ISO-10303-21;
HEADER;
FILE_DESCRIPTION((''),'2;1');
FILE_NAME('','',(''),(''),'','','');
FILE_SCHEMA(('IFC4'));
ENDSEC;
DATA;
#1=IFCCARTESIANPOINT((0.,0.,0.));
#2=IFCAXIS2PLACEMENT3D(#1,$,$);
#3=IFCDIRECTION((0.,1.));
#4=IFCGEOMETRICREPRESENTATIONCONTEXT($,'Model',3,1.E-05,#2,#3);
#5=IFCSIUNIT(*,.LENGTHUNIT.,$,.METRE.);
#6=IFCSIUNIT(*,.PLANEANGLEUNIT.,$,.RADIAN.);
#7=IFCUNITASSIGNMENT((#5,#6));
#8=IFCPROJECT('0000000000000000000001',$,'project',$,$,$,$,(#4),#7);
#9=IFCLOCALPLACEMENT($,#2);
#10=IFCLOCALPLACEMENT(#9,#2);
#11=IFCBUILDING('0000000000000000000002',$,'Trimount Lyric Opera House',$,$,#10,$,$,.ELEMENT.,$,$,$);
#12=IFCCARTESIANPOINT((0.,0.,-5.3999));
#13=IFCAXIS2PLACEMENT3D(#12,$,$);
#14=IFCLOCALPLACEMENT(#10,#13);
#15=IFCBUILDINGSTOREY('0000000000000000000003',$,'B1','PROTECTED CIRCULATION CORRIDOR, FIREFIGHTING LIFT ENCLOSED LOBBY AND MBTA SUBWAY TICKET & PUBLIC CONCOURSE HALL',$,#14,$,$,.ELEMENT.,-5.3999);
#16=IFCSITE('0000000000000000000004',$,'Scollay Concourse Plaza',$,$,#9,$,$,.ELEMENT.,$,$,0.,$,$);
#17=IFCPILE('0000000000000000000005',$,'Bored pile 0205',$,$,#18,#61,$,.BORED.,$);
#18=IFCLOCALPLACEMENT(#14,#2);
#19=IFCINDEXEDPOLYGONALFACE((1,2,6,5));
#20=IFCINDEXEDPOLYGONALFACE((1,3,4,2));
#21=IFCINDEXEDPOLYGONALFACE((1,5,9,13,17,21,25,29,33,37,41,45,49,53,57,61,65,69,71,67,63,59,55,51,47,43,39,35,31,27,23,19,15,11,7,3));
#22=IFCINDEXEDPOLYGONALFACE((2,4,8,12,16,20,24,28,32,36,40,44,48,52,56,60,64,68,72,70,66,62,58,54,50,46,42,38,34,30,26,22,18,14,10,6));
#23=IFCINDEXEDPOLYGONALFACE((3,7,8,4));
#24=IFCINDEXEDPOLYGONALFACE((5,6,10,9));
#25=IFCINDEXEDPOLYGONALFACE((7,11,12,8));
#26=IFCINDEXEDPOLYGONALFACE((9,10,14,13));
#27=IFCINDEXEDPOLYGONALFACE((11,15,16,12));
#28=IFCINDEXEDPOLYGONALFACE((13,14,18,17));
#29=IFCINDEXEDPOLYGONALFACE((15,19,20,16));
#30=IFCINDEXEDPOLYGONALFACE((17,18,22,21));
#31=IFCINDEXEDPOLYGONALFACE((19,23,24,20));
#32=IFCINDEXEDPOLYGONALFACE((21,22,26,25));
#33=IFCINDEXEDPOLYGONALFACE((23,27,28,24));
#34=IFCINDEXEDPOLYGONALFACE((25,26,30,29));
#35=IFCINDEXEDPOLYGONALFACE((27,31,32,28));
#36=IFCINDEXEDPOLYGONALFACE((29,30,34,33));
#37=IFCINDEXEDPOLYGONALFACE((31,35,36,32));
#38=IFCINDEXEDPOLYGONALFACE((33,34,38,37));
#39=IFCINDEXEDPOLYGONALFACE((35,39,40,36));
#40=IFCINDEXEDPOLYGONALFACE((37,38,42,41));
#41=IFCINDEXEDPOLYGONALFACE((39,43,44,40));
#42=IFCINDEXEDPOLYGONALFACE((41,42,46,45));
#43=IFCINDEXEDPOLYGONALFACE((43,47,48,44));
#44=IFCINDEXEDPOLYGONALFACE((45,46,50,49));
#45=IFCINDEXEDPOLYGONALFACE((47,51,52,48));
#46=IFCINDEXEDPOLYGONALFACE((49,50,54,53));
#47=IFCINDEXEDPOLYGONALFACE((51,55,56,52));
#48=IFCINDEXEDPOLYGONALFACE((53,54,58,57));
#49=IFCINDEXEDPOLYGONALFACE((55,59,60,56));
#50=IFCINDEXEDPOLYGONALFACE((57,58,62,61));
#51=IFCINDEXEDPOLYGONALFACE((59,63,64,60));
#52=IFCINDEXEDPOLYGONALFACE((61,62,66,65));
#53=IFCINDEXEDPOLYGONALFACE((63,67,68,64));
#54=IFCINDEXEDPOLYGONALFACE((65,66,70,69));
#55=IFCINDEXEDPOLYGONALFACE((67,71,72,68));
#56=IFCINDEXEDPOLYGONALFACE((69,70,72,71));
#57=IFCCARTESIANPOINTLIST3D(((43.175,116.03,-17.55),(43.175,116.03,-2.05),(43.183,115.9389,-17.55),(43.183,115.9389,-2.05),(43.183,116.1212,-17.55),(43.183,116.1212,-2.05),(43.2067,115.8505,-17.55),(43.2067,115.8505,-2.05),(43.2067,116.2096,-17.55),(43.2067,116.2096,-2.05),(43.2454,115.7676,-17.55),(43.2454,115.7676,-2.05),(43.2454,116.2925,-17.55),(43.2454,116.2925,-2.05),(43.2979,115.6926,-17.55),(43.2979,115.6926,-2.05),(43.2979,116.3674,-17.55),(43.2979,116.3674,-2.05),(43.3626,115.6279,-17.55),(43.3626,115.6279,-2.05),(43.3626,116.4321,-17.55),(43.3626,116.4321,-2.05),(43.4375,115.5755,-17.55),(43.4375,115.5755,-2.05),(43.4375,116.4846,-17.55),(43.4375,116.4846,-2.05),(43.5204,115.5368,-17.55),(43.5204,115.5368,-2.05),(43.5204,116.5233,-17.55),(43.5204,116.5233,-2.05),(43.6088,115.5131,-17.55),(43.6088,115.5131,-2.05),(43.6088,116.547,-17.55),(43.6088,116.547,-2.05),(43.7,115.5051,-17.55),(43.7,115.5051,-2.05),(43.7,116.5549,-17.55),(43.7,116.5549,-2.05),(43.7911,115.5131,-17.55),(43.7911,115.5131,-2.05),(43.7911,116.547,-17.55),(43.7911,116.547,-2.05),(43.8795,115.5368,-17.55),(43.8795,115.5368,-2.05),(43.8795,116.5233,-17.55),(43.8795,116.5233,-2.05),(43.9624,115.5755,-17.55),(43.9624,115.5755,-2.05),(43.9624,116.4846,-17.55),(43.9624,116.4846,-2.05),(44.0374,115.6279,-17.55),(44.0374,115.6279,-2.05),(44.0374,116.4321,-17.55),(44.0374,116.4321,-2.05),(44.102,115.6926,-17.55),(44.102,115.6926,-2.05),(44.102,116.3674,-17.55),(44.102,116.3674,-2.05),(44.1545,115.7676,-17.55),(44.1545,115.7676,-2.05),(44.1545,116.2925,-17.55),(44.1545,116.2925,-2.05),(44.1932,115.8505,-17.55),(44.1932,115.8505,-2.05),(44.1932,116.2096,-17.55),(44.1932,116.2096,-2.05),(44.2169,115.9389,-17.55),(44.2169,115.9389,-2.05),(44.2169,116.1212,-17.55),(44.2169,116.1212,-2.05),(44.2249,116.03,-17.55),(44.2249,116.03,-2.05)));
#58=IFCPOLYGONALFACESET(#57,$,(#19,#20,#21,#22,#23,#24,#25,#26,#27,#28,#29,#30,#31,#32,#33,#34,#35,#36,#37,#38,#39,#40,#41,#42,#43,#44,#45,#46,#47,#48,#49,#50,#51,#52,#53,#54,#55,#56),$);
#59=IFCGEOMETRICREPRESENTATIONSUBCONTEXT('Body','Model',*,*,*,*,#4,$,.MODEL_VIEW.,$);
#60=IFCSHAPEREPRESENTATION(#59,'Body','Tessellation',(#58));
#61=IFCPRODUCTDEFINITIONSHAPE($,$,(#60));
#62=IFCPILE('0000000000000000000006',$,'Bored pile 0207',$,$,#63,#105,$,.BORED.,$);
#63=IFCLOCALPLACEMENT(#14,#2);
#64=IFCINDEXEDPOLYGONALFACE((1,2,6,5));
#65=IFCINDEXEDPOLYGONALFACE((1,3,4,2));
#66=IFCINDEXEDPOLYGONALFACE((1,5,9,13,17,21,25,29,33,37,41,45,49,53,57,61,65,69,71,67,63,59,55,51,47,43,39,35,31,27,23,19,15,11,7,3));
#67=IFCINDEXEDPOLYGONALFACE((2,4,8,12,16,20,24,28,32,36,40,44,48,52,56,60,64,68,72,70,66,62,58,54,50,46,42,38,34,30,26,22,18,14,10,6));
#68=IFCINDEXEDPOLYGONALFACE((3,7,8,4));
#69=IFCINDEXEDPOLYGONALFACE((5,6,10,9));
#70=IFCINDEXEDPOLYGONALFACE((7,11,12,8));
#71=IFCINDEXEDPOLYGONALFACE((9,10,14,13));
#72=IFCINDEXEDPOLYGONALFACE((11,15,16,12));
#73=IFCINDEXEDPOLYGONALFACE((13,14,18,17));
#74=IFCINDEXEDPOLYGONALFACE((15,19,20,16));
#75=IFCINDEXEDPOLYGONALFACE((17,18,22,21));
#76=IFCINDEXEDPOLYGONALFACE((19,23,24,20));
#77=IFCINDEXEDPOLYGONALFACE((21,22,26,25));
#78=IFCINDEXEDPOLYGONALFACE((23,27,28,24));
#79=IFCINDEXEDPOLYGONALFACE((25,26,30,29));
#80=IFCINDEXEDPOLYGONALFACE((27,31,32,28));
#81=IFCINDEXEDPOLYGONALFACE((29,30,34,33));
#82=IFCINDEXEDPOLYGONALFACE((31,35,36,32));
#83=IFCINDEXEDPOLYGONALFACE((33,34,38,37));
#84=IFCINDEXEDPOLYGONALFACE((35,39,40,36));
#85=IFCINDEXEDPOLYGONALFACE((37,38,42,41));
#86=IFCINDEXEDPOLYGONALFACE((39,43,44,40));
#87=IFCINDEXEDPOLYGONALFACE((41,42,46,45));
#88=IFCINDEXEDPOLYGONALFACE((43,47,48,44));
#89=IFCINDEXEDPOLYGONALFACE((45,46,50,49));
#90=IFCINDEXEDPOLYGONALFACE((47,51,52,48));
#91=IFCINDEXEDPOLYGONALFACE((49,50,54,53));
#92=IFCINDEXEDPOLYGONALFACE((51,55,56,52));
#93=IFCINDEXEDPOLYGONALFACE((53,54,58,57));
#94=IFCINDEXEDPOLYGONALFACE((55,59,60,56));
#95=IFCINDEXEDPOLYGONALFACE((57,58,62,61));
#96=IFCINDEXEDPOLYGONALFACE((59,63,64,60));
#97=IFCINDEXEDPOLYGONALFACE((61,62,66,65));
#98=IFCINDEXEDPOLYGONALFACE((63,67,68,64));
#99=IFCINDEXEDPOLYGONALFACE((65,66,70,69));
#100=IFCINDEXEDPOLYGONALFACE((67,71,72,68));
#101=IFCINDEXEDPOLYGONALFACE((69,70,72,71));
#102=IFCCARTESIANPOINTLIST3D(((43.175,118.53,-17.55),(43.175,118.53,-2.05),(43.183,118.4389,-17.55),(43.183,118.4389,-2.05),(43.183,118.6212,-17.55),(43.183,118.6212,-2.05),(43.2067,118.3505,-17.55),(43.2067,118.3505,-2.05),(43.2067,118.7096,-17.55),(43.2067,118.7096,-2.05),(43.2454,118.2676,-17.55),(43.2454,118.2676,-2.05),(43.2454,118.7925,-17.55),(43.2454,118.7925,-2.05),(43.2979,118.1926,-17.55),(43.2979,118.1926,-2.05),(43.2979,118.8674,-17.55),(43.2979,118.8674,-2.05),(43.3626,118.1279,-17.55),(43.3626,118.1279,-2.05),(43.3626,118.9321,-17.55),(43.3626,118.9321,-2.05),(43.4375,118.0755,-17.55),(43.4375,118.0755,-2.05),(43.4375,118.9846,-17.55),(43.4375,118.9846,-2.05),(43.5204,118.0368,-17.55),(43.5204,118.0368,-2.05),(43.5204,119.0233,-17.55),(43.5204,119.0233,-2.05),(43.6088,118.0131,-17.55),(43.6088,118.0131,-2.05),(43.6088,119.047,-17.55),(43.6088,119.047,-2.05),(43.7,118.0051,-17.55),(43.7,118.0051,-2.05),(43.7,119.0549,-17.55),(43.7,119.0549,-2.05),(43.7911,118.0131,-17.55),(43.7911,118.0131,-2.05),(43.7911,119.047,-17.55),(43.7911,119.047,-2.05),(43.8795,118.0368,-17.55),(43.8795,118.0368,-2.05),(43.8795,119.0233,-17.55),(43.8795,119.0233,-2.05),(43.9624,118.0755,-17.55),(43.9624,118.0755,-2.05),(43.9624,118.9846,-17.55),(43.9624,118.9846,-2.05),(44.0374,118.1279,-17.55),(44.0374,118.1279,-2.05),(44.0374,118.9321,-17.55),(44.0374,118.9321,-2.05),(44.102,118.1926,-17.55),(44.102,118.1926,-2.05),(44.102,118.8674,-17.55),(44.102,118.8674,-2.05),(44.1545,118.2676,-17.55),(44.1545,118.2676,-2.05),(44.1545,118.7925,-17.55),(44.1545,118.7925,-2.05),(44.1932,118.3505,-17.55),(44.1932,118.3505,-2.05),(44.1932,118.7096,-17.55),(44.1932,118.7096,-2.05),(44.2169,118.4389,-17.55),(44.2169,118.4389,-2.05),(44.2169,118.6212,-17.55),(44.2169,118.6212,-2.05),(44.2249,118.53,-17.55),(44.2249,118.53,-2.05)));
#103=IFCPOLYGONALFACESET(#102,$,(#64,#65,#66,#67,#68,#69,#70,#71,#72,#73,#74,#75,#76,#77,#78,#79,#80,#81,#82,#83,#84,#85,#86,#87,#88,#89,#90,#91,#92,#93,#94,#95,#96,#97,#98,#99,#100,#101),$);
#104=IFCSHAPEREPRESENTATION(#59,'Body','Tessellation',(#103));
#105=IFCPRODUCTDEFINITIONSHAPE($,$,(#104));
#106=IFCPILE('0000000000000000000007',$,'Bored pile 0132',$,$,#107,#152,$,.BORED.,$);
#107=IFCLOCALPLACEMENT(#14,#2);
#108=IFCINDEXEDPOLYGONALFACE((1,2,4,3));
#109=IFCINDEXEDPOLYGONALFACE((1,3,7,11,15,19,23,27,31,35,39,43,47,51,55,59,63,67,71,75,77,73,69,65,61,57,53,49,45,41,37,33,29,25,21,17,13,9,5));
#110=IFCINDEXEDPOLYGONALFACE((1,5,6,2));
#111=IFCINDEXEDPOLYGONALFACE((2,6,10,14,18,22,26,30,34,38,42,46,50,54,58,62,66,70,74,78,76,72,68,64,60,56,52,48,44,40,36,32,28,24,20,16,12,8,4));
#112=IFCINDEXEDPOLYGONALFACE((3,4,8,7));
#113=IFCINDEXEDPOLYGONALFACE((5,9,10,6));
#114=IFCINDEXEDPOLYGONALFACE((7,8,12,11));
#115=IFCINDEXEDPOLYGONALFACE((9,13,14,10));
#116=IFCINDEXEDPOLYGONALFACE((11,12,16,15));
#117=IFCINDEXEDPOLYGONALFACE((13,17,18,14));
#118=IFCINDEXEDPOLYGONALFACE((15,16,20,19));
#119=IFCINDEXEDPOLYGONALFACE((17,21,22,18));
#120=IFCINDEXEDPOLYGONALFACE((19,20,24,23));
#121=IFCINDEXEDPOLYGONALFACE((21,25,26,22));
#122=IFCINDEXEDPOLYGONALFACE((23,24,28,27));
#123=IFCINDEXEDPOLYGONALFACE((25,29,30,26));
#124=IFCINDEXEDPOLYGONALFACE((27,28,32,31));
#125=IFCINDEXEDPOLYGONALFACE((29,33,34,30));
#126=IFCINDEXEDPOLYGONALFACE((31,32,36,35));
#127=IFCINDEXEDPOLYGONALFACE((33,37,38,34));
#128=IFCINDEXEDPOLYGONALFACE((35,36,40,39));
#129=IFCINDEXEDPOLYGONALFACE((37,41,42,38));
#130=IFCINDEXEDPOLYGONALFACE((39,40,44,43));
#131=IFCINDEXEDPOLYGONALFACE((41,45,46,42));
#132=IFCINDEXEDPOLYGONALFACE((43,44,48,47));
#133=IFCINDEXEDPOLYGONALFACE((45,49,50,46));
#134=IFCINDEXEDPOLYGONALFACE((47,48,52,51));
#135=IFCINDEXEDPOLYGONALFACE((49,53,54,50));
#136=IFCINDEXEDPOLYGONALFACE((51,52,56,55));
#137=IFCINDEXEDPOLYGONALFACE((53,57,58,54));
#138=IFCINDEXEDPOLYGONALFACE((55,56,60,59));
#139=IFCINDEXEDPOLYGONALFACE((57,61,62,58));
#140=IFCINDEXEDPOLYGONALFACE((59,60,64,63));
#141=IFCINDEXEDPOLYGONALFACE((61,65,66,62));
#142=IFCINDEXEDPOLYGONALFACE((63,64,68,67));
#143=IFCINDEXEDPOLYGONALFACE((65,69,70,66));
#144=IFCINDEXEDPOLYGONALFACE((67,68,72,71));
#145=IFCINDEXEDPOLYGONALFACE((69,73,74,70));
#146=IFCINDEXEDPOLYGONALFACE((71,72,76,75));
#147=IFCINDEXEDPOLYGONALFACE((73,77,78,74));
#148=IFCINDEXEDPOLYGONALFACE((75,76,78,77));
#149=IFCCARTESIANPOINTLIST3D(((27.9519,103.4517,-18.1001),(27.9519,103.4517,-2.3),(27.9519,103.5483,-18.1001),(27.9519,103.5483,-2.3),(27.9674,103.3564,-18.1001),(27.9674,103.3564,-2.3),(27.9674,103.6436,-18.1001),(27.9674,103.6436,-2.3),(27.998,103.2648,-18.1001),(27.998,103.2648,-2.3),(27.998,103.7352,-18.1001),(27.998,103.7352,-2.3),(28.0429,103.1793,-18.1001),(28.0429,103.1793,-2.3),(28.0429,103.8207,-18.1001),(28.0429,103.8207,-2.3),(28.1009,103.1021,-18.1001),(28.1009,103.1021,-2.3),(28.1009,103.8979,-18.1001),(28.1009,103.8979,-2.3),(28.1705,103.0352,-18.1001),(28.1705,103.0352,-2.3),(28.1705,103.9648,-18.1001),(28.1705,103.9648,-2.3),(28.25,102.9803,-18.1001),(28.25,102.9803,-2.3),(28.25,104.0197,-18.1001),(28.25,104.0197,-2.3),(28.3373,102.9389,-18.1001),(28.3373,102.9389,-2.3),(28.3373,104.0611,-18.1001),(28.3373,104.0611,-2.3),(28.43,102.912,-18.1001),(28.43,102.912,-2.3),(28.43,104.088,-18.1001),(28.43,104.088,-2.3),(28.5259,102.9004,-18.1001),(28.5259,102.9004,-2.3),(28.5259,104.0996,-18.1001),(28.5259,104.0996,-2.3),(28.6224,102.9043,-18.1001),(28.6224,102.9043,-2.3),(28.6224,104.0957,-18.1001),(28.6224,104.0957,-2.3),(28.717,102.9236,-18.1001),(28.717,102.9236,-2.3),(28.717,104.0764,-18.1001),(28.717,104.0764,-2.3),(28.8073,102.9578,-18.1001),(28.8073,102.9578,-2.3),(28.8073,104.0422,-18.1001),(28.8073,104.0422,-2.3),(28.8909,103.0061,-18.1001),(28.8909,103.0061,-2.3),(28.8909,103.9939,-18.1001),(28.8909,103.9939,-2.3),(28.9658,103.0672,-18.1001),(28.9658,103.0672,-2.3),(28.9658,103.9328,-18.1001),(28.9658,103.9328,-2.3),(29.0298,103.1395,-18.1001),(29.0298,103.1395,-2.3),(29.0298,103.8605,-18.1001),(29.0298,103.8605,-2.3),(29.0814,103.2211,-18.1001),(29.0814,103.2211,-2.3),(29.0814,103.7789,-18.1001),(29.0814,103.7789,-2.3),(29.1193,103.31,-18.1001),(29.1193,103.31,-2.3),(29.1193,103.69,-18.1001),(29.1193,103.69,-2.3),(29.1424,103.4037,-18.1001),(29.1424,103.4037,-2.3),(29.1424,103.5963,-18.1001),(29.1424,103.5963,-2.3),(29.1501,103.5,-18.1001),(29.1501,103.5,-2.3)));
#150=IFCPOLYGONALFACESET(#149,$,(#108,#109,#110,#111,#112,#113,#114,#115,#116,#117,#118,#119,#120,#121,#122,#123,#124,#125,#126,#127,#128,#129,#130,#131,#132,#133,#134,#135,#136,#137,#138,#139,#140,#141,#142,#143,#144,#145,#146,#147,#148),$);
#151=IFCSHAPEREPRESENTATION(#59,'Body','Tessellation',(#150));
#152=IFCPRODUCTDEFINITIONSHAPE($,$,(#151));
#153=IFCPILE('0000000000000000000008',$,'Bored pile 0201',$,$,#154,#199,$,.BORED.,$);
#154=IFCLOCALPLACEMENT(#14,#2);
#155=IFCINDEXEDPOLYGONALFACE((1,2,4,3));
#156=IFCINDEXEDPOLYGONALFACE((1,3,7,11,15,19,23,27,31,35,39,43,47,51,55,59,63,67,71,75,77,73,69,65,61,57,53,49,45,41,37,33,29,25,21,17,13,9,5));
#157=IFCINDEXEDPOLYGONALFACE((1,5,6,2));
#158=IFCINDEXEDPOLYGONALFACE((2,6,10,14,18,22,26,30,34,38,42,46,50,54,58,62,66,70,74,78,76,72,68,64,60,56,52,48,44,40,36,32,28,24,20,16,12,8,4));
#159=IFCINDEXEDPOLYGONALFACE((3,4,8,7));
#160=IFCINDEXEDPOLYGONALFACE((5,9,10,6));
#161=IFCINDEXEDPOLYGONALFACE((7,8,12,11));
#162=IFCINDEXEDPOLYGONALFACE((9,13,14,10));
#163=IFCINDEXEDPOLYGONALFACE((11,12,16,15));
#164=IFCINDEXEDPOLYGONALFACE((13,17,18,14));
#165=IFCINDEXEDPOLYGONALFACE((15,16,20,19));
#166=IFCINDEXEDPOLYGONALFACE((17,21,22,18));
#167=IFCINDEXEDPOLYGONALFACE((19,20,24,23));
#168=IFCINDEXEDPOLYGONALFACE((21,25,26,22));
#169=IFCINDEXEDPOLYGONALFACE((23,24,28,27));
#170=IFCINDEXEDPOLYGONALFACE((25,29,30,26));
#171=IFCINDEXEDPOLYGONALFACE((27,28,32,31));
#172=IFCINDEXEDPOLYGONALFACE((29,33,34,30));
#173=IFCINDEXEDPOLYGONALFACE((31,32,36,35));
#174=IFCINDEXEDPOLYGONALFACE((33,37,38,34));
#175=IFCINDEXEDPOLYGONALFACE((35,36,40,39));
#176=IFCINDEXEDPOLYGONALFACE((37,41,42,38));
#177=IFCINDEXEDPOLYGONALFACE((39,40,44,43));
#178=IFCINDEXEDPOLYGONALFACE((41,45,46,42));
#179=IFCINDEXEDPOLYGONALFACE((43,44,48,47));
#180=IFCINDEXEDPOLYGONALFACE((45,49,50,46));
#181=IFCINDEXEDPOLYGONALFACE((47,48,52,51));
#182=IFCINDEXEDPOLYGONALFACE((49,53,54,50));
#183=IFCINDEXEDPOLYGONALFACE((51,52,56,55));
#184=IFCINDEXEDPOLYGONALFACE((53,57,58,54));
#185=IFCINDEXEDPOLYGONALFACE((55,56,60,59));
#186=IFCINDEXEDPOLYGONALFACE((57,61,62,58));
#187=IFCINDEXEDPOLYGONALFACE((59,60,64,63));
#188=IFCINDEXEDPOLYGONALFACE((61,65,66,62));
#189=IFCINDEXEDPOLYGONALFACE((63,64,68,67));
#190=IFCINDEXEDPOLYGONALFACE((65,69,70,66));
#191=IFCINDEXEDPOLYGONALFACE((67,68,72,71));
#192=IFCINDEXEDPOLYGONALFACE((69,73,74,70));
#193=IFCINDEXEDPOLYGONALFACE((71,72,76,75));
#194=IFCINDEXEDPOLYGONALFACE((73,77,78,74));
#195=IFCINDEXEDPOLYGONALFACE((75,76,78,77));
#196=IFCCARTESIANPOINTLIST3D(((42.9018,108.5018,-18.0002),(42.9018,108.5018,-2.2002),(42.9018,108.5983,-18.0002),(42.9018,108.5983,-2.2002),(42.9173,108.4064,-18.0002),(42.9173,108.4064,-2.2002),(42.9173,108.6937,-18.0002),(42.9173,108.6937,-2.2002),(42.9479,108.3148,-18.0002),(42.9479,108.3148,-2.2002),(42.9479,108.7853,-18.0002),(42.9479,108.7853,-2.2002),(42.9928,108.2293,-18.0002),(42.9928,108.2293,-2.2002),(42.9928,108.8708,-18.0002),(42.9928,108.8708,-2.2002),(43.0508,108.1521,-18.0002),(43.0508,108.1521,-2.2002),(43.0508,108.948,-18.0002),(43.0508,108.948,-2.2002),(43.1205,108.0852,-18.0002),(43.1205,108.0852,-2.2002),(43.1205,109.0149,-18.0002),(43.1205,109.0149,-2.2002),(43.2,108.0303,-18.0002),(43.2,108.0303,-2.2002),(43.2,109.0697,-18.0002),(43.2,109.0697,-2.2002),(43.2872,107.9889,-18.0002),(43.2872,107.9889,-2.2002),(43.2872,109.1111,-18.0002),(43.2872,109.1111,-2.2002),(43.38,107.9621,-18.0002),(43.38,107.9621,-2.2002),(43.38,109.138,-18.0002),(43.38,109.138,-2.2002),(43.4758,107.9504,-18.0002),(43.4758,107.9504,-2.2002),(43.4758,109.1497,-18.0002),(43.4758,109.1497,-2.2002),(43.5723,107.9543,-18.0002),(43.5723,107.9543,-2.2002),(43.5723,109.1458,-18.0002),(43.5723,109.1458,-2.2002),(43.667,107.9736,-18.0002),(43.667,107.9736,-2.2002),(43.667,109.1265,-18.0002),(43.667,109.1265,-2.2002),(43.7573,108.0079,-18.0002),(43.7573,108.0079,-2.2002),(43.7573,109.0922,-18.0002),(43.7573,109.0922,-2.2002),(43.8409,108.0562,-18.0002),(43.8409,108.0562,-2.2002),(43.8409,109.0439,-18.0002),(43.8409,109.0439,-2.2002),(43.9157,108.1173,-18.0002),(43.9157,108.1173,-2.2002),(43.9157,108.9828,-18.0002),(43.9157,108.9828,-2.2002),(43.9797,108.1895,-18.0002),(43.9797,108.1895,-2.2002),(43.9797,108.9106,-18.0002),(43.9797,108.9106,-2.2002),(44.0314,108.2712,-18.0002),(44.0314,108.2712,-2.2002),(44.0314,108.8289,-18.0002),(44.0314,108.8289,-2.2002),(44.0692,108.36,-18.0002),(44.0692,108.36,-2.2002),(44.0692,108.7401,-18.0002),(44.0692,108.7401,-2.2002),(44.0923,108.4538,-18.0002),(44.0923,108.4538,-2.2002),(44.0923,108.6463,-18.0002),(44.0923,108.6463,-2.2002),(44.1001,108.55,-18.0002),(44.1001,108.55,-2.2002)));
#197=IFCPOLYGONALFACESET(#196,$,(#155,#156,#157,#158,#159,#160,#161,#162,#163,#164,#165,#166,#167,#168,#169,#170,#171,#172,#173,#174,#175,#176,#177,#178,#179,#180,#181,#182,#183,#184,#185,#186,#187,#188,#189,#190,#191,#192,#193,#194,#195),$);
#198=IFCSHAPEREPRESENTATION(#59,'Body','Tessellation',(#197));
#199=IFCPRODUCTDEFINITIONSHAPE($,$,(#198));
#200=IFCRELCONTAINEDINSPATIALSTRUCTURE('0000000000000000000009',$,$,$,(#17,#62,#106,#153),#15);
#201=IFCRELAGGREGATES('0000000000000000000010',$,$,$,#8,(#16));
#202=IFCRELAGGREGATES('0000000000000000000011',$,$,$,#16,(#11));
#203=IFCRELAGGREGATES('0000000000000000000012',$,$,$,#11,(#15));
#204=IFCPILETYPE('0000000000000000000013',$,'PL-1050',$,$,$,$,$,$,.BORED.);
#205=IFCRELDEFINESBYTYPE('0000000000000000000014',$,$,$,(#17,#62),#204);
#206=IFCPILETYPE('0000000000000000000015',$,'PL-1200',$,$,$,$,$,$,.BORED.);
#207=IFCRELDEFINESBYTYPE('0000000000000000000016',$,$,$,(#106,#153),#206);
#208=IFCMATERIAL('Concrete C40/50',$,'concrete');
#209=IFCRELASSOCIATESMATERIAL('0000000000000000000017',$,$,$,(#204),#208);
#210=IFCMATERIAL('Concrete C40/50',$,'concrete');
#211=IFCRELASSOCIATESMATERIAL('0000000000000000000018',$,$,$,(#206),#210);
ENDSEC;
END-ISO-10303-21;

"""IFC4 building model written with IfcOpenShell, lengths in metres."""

from ifc_helpers import new_model, si_unit, direction, frame, origin, origin_2d, place, context, subcontext, project, spatial, circle, extrude, material, material_profile, profile_set, type_object, element, save


model = new_model("IFC4")

# Units and contexts
model_context = context("Model", 3, precision=1e-05, world=origin(), true_north=direction((0.0, 1.0)))
body_context = subcontext(model_context, "Body", "Model", "MODEL_VIEW")
ifc_project = project(units=[si_unit("LENGTHUNIT", "METRE"), si_unit("PLANEANGLEUNIT", "RADIAN")], contexts=[model_context])

# Site, building, storey
site_placement = place(None, origin())
site = spatial("IfcSite", under=ifc_project, at=site_placement, Name="Scollay Concourse Plaza", CompositionType="ELEMENT", RefElevation=0.0)
building_placement = place(site_placement, origin())
building = spatial("IfcBuilding", under=site, at=building_placement, Name="Trimount Lyric Opera House", CompositionType="ELEMENT")
storey_placement = place(building_placement, frame((0.0, 0.0, -5.3999)))
storey = spatial("IfcBuildingStorey", under=building, at=storey_placement, Name="B1", Description="PROTECTED CIRCULATION CORRIDOR, FIREFIGHTING LIFT ENCLOSED LOBBY AND MBTA SUBWAY TICKET & PUBLIC CONCOURSE HALL", CompositionType="ELEMENT", Elevation=-5.3999)

# Piles
ifc_material_1 = material(Name="Concrete C40/50", Category="concrete")
ifc_material_profile_1 = material_profile(ifc_material_1, circle(Radius=0.5249, at=origin_2d()), Name="PILE-D1050")
ifc_profile_set_1 = profile_set([ifc_material_profile_1], Name="Concrete C40/50")
pile_type_1 = type_object("IfcPileType", Name="PL-1050", PredefinedType="BORED", material=ifc_profile_set_1)
for number, where, z_axis, x_axis, name in (
    (1, (43.7, 116.03, -2.05), (0.0, 0.0, -1.0), (1.0, 0.0, 0.0), "Bored pile 0205"),
    (2, (43.7, 118.53, -2.05), (0.0, 0.0, -1.0), (1.0, 0.0, 0.0), "Bored pile 0207"),
):
    element("IfcPile", number, at=place(storey_placement, frame(where, z_axis=z_axis, x_axis=x_axis)), inside=storey, type_object=pile_type_1, Name=name, PredefinedType="BORED", context=body_context, shape_type="SweptSolid", body=[
        extrude(circle(Radius=0.5249, at=origin_2d()), origin(), (0.0, 0.0, 1.0), 15.5),
    ])
ifc_material_2 = material(Name="Concrete C40/50", Category="concrete")
ifc_material_profile_2 = material_profile(ifc_material_2, circle(Radius=0.6001, at=origin_2d()), Name="PILE-D1200")
ifc_profile_set_2 = profile_set([ifc_material_profile_2], Name="Concrete C40/50")
pile_type_2 = type_object("IfcPileType", Name="PL-1200", PredefinedType="BORED", material=ifc_profile_set_2)
for number, where, z_axis, x_axis, name in (
    (3, (28.55, 103.5, -2.3), (0.0, 0.0, -1.0), (1.0, 0.0, 0.0), "Bored pile 0132"),
    (4, (43.5, 108.55, -2.2002), (0.0, 0.0, -1.0), (1.0, 0.0, 0.0), "Bored pile 0201"),
):
    element("IfcPile", number, at=place(storey_placement, frame(where, z_axis=z_axis, x_axis=x_axis)), inside=storey, type_object=pile_type_2, Name=name, PredefinedType="BORED", context=body_context, shape_type="SweptSolid", body=[
        extrude(circle(Radius=0.6001, at=origin_2d()), origin(), (0.0, 0.0, 1.0), 15.8),
    ])

save(model, "model.ifc")
